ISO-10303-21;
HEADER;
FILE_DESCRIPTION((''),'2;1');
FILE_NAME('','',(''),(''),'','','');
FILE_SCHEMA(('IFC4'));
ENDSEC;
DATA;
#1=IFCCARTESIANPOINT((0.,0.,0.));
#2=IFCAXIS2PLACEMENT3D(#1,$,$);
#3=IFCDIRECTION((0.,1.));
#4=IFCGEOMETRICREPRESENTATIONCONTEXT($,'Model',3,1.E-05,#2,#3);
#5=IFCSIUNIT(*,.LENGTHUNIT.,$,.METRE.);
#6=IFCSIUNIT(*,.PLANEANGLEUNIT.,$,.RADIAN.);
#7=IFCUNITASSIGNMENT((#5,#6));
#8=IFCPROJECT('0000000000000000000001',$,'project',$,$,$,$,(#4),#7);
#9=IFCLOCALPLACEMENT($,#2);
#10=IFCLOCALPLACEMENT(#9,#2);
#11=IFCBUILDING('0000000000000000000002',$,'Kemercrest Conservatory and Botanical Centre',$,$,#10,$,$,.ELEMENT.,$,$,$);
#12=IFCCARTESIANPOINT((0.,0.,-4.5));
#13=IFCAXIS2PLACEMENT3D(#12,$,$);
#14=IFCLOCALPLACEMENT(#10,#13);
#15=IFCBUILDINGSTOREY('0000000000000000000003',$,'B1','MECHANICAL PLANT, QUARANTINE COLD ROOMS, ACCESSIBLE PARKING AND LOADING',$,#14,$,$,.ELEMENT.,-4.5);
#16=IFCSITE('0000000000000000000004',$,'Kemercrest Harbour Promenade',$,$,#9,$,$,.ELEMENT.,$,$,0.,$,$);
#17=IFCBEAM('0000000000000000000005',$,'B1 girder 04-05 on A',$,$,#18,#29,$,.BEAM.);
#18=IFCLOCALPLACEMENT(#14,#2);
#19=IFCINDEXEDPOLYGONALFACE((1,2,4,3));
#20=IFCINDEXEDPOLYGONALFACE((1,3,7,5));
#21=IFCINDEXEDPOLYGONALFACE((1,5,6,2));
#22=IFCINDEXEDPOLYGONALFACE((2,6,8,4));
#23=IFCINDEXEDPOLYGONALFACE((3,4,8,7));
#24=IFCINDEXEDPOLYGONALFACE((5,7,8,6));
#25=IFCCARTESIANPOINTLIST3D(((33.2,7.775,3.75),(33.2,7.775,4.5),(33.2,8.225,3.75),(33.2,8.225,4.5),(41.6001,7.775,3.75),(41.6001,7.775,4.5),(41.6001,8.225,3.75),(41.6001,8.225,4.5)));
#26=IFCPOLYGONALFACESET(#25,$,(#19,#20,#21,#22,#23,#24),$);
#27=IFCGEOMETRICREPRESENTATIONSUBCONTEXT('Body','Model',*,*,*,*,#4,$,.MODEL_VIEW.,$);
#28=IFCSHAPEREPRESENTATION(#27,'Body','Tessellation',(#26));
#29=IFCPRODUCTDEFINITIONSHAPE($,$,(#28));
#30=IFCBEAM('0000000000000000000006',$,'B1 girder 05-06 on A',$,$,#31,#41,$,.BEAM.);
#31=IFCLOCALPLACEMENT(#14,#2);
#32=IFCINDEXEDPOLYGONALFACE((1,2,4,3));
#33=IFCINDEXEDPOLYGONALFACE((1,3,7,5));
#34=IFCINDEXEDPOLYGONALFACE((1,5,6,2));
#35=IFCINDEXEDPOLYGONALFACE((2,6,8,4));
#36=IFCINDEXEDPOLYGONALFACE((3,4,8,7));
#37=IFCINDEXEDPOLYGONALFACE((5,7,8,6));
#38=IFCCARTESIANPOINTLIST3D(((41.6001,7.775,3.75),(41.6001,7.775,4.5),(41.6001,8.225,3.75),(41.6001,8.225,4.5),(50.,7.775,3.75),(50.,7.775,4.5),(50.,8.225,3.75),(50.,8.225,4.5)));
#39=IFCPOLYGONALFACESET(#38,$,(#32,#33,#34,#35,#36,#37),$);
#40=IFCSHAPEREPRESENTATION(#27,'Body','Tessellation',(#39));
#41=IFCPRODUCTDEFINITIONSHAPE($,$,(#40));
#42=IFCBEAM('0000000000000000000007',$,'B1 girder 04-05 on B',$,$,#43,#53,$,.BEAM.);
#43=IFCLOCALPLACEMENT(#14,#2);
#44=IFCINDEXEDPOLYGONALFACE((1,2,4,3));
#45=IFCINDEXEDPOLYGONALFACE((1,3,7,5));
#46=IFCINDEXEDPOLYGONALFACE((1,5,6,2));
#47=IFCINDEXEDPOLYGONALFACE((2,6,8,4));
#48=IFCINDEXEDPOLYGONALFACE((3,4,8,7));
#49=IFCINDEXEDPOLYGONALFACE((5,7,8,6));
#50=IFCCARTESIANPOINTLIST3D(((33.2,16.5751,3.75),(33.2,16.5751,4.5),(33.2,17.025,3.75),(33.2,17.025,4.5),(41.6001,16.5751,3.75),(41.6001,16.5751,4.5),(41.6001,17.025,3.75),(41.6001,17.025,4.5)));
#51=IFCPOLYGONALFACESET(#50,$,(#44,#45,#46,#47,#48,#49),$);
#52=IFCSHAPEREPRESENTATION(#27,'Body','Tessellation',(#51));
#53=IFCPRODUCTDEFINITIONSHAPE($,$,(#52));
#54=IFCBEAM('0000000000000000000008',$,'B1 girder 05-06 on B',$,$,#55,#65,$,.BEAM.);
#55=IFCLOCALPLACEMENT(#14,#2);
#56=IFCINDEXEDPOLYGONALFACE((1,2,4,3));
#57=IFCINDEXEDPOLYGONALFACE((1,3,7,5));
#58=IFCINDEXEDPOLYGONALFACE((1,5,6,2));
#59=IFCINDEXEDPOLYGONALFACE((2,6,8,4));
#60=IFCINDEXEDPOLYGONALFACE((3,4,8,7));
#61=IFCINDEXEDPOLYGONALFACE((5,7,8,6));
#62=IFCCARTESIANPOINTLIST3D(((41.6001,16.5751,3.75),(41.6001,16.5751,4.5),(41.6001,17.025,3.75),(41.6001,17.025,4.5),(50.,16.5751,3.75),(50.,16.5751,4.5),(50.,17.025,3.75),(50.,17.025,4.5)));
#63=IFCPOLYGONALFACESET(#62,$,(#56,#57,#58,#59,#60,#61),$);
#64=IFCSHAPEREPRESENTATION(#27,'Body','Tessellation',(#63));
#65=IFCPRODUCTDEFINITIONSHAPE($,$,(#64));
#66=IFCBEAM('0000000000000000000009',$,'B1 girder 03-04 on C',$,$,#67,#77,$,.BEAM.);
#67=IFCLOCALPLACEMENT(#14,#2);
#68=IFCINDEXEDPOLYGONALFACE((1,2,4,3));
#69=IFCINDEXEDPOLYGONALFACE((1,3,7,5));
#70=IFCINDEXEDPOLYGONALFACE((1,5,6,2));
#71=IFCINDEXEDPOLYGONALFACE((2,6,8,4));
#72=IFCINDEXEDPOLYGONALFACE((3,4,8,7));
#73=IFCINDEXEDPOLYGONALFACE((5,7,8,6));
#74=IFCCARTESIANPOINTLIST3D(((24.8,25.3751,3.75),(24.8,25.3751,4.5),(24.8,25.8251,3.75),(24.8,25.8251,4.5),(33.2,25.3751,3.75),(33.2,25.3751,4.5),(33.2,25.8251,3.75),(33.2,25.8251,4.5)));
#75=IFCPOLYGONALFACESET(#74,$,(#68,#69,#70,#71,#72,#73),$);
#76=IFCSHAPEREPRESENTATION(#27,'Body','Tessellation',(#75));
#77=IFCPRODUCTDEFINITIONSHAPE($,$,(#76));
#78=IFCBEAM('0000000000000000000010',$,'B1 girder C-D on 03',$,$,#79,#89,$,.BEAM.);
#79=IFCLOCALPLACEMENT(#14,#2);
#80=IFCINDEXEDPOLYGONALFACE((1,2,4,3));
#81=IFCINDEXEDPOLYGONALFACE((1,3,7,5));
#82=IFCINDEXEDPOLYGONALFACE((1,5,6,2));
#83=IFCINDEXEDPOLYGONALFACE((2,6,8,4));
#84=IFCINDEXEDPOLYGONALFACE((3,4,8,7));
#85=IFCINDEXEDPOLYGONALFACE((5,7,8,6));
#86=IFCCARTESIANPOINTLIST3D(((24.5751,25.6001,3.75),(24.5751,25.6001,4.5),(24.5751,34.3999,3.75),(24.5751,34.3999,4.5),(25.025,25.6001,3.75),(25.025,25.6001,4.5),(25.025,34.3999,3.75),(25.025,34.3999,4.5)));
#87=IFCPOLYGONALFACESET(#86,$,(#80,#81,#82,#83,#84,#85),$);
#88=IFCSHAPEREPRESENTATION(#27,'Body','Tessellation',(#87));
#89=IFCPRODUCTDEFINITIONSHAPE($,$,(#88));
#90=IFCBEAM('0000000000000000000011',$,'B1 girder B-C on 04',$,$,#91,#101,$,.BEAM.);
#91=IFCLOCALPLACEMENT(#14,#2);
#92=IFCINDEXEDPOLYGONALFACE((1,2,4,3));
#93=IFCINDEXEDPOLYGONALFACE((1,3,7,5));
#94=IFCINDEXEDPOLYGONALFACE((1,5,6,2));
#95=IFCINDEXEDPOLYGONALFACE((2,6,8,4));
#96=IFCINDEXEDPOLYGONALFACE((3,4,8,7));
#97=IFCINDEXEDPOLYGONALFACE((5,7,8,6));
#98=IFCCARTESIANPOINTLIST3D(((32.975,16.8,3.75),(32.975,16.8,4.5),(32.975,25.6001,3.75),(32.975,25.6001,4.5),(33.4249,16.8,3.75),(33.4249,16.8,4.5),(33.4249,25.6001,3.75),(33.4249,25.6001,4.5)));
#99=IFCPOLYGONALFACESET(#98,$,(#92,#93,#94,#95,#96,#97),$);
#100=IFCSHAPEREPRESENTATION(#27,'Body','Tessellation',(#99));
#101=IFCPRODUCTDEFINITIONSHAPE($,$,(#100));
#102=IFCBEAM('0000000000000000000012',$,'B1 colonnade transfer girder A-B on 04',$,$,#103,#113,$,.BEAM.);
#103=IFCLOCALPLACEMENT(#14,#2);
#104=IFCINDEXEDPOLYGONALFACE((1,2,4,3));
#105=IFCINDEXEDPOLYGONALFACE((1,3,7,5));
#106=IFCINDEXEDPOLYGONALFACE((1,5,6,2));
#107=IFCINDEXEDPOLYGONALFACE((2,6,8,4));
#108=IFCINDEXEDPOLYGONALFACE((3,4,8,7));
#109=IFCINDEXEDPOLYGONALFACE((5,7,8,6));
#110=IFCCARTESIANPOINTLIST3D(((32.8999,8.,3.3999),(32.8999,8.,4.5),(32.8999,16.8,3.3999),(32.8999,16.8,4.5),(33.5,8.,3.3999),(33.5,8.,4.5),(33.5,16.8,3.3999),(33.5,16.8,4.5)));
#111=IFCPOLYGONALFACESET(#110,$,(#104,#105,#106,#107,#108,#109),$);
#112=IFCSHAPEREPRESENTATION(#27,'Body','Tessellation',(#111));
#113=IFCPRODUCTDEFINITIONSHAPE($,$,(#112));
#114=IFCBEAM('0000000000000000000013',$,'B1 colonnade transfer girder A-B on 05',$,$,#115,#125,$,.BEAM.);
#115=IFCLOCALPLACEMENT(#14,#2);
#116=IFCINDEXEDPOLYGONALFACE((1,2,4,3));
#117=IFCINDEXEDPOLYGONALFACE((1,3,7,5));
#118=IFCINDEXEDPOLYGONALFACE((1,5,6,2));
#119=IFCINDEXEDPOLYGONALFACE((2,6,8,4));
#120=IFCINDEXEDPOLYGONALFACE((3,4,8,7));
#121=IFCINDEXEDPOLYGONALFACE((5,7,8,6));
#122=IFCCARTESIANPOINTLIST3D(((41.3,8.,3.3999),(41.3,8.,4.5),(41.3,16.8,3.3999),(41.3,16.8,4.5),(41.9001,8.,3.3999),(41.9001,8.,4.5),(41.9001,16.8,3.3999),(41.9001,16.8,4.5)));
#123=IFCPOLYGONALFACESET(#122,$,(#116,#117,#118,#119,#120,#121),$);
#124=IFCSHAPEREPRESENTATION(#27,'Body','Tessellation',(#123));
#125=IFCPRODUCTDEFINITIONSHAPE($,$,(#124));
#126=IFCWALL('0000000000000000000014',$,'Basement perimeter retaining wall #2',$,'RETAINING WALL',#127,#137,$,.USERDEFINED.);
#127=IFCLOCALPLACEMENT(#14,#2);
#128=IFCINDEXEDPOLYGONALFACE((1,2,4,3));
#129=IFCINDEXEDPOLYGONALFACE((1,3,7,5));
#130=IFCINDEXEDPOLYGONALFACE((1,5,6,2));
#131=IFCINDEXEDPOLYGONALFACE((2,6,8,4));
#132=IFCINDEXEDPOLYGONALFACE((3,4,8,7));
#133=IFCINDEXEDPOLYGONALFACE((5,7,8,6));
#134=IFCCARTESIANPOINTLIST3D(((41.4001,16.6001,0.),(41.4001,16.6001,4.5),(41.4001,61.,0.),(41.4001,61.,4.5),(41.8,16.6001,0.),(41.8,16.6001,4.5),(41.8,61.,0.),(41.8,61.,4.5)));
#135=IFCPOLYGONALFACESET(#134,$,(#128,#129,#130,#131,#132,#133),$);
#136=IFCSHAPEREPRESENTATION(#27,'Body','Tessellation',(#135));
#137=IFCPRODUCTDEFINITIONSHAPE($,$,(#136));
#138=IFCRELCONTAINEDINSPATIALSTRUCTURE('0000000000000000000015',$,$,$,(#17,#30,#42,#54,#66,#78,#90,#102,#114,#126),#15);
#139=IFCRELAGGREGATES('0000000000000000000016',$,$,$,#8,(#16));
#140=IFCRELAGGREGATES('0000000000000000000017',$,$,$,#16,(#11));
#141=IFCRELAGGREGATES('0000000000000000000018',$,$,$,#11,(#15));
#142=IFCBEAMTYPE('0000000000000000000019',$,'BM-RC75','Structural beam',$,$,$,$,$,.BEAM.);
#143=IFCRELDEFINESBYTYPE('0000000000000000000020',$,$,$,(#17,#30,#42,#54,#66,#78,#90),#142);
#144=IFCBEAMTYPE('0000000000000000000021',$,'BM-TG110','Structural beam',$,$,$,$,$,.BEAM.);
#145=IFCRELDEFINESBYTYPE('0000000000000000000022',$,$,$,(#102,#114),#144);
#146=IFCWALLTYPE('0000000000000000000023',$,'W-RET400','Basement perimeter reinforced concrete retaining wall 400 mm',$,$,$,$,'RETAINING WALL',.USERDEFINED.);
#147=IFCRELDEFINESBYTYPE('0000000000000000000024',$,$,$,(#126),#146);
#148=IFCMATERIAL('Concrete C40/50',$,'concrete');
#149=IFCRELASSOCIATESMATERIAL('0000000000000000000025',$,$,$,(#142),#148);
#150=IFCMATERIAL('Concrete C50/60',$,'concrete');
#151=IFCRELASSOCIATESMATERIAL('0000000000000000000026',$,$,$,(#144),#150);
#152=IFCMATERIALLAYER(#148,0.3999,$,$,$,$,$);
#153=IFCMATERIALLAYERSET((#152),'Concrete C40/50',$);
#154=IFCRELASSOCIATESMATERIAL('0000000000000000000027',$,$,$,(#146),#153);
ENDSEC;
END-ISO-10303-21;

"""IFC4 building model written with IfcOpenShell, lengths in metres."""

from ifc_helpers import new_model, si_unit, direction, frame, frame_2d, origin, origin_2d, place, context, subcontext, project, spatial, rectangle, extrude, material, layer, layer_set, material_profile, profile_set, type_object, element, save


model = new_model("IFC4")

# Units and contexts
model_context = context("Model", 3, precision=1e-05, world=origin(), true_north=direction((0.0, 1.0)))
body_context = subcontext(model_context, "Body", "Model", "MODEL_VIEW")
ifc_project = project(units=[si_unit("LENGTHUNIT", "METRE"), si_unit("PLANEANGLEUNIT", "RADIAN")], contexts=[model_context])

# Site, building, storey
site_placement = place(None, origin())
site = spatial("IfcSite", under=ifc_project, at=site_placement, Name="Kemercrest Harbour Promenade", CompositionType="ELEMENT", RefElevation=0.0)
building_placement = place(site_placement, origin())
building = spatial("IfcBuilding", under=site, at=building_placement, Name="Kemercrest Conservatory and Botanical Centre", CompositionType="ELEMENT")
storey_placement = place(building_placement, frame((0.0, 0.0, -4.5)))
storey = spatial("IfcBuildingStorey", under=building, at=storey_placement, Name="B1", Description="MECHANICAL PLANT, QUARANTINE COLD ROOMS, ACCESSIBLE PARKING AND LOADING", CompositionType="ELEMENT", Elevation=-4.5)

# Shared definitions
ifc_material_1 = material(Name="Concrete C40/50", Category="concrete")

# Shared definitions
ifc_material_2 = material(Name="Concrete C50/60", Category="concrete")

# Beams
ifc_material_profile_1 = material_profile(ifc_material_1, rectangle(XDim=0.45, YDim=0.75, at=origin_2d()), Name="RC 450x750")
ifc_profile_set_1 = profile_set([ifc_material_profile_1], Name="Concrete C40/50")
beam_type_1 = type_object("IfcBeamType", Name="BM-RC75", Description="Structural beam", PredefinedType="BEAM", material=ifc_profile_set_1)
beam_1_placement = place(storey_placement, frame((33.2, 8.0, 4.125), z_axis=(1.0, 0.0, 0.0), x_axis=(0.0, 1.0, 0.0)))
element("IfcBeam", 1, at=beam_1_placement, inside=storey, type_object=beam_type_1, Name="B1 girder 04-05 on A", PredefinedType="BEAM", context=body_context, shape_type="SweptSolid", body=[
    extrude(rectangle(XDim=0.45, YDim=0.75, at=origin_2d()), origin(), (0.0, 0.0, 1.0), 8.4001),
])
beam_2_placement = place(storey_placement, frame((41.6001, 8.0, 4.125), z_axis=(1.0, 0.0, 0.0), x_axis=(0.0, 1.0, 0.0)))
element("IfcBeam", 2, at=beam_2_placement, inside=storey, type_object=beam_type_1, Name="B1 girder 05-06 on A", PredefinedType="BEAM", context=body_context, shape_type="SweptSolid", body=[
    extrude(rectangle(XDim=0.45, YDim=0.75, at=origin_2d()), origin(), (0.0, 0.0, 1.0), 8.3999),
])
beam_3_placement = place(storey_placement, frame((33.2, 16.8, 4.125), z_axis=(1.0, 0.0, 0.0), x_axis=(0.0, 1.0, 0.0)))
element("IfcBeam", 3, at=beam_3_placement, inside=storey, type_object=beam_type_1, Name="B1 girder 04-05 on B", PredefinedType="BEAM", context=body_context, shape_type="SweptSolid", body=[
    extrude(rectangle(XDim=0.45, YDim=0.75, at=origin_2d()), origin(), (0.0, 0.0, 1.0), 8.4001),
])
for number, where, z_axis, x_axis, name in (
    (4, (41.6001, 16.8, 4.125), (1.0, 0.0, 0.0), (0.0, 1.0, 0.0), "B1 girder 05-06 on B"),
    (5, (24.8, 25.6001, 4.125), (1.0, 0.0, 0.0), (0.0, 1.0, 0.0), "B1 girder 03-04 on C"),
):
    element("IfcBeam", number, at=place(storey_placement, frame(where, z_axis=z_axis, x_axis=x_axis)), inside=storey, type_object=beam_type_1, Name=name, PredefinedType="BEAM", context=body_context, shape_type="SweptSolid", body=[
        extrude(rectangle(XDim=0.45, YDim=0.75, at=origin_2d()), origin(), (0.0, 0.0, 1.0), 8.3999),
    ])
beam_4_placement = place(storey_placement, frame((24.8, 25.6001, 4.125), z_axis=(0.0, 1.0, 0.0), x_axis=(-1.0, 0.0, 0.0)))
element("IfcBeam", 6, at=beam_4_placement, inside=storey, type_object=beam_type_1, Name="B1 girder C-D on 03", PredefinedType="BEAM", context=body_context, shape_type="SweptSolid", body=[
    extrude(rectangle(XDim=0.45, YDim=0.75, at=origin_2d()), origin(), (0.0, 0.0, 1.0), 8.7998),
])
beam_5_placement = place(storey_placement, frame((33.2, 16.8, 4.125), z_axis=(0.0, 1.0, 0.0), x_axis=(-1.0, 0.0, 0.0)))
element("IfcBeam", 7, at=beam_5_placement, inside=storey, type_object=beam_type_1, Name="B1 girder B-C on 04", PredefinedType="BEAM", context=body_context, shape_type="SweptSolid", body=[
    extrude(rectangle(XDim=0.45, YDim=0.75, at=origin_2d()), origin(), (0.0, 0.0, 1.0), 8.8),
])
ifc_material_profile_2 = material_profile(ifc_material_2, rectangle(XDim=0.6001, YDim=1.1001, at=origin_2d()), Name="RC 600x1100")
ifc_profile_set_2 = profile_set([ifc_material_profile_2], Name="Concrete C50/60")
beam_type_2 = type_object("IfcBeamType", Name="BM-TG110", Description="Structural beam", PredefinedType="BEAM", material=ifc_profile_set_2)
for number, where, z_axis, x_axis, name in (
    (8, (33.2, 8.0, 3.95), (0.0, 1.0, 0.0), (-1.0, 0.0, 0.0), "B1 colonnade transfer girder A-B on 04"),
    (9, (41.6001, 8.0, 3.95), (0.0, 1.0, 0.0), (-1.0, 0.0, 0.0), "B1 colonnade transfer girder A-B on 05"),
):
    element("IfcBeam", number, at=place(storey_placement, frame(where, z_axis=z_axis, x_axis=x_axis)), inside=storey, type_object=beam_type_2, Name=name, PredefinedType="BEAM", context=body_context, shape_type="SweptSolid", body=[
        extrude(rectangle(XDim=0.6001, YDim=1.1001, at=origin_2d()), origin(), (0.0, 0.0, 1.0), 8.8),
    ])

# Wall
ifc_layer = layer(ifc_material_1, 0.3999)
ifc_layer_set = layer_set([ifc_layer], Name="Concrete C40/50")
wall_type = type_object("IfcWallType", Name="W-RET400", Description="Basement perimeter reinforced concrete retaining wall 400 mm", ElementType="RETAINING WALL", PredefinedType="USERDEFINED", material=ifc_layer_set)
wall_placement = place(storey_placement, frame((41.6001, 16.6001, 0.0), z_axis=(0.0, 0.0, 1.0), x_axis=(0.0, 1.0, 0.0)))
element("IfcWall", 10, at=wall_placement, inside=storey, type_object=wall_type, Name="Basement perimeter retaining wall #2", ObjectType="RETAINING WALL", PredefinedType="USERDEFINED", context=body_context, shape_type="SweptSolid", body=[
    extrude(rectangle(XDim=44.3999, YDim=0.3999, at=frame_2d((22.2, 0.0))), origin(), (0.0, 0.0, 1.0), 4.5),
])

save(model, "model.ifc")
